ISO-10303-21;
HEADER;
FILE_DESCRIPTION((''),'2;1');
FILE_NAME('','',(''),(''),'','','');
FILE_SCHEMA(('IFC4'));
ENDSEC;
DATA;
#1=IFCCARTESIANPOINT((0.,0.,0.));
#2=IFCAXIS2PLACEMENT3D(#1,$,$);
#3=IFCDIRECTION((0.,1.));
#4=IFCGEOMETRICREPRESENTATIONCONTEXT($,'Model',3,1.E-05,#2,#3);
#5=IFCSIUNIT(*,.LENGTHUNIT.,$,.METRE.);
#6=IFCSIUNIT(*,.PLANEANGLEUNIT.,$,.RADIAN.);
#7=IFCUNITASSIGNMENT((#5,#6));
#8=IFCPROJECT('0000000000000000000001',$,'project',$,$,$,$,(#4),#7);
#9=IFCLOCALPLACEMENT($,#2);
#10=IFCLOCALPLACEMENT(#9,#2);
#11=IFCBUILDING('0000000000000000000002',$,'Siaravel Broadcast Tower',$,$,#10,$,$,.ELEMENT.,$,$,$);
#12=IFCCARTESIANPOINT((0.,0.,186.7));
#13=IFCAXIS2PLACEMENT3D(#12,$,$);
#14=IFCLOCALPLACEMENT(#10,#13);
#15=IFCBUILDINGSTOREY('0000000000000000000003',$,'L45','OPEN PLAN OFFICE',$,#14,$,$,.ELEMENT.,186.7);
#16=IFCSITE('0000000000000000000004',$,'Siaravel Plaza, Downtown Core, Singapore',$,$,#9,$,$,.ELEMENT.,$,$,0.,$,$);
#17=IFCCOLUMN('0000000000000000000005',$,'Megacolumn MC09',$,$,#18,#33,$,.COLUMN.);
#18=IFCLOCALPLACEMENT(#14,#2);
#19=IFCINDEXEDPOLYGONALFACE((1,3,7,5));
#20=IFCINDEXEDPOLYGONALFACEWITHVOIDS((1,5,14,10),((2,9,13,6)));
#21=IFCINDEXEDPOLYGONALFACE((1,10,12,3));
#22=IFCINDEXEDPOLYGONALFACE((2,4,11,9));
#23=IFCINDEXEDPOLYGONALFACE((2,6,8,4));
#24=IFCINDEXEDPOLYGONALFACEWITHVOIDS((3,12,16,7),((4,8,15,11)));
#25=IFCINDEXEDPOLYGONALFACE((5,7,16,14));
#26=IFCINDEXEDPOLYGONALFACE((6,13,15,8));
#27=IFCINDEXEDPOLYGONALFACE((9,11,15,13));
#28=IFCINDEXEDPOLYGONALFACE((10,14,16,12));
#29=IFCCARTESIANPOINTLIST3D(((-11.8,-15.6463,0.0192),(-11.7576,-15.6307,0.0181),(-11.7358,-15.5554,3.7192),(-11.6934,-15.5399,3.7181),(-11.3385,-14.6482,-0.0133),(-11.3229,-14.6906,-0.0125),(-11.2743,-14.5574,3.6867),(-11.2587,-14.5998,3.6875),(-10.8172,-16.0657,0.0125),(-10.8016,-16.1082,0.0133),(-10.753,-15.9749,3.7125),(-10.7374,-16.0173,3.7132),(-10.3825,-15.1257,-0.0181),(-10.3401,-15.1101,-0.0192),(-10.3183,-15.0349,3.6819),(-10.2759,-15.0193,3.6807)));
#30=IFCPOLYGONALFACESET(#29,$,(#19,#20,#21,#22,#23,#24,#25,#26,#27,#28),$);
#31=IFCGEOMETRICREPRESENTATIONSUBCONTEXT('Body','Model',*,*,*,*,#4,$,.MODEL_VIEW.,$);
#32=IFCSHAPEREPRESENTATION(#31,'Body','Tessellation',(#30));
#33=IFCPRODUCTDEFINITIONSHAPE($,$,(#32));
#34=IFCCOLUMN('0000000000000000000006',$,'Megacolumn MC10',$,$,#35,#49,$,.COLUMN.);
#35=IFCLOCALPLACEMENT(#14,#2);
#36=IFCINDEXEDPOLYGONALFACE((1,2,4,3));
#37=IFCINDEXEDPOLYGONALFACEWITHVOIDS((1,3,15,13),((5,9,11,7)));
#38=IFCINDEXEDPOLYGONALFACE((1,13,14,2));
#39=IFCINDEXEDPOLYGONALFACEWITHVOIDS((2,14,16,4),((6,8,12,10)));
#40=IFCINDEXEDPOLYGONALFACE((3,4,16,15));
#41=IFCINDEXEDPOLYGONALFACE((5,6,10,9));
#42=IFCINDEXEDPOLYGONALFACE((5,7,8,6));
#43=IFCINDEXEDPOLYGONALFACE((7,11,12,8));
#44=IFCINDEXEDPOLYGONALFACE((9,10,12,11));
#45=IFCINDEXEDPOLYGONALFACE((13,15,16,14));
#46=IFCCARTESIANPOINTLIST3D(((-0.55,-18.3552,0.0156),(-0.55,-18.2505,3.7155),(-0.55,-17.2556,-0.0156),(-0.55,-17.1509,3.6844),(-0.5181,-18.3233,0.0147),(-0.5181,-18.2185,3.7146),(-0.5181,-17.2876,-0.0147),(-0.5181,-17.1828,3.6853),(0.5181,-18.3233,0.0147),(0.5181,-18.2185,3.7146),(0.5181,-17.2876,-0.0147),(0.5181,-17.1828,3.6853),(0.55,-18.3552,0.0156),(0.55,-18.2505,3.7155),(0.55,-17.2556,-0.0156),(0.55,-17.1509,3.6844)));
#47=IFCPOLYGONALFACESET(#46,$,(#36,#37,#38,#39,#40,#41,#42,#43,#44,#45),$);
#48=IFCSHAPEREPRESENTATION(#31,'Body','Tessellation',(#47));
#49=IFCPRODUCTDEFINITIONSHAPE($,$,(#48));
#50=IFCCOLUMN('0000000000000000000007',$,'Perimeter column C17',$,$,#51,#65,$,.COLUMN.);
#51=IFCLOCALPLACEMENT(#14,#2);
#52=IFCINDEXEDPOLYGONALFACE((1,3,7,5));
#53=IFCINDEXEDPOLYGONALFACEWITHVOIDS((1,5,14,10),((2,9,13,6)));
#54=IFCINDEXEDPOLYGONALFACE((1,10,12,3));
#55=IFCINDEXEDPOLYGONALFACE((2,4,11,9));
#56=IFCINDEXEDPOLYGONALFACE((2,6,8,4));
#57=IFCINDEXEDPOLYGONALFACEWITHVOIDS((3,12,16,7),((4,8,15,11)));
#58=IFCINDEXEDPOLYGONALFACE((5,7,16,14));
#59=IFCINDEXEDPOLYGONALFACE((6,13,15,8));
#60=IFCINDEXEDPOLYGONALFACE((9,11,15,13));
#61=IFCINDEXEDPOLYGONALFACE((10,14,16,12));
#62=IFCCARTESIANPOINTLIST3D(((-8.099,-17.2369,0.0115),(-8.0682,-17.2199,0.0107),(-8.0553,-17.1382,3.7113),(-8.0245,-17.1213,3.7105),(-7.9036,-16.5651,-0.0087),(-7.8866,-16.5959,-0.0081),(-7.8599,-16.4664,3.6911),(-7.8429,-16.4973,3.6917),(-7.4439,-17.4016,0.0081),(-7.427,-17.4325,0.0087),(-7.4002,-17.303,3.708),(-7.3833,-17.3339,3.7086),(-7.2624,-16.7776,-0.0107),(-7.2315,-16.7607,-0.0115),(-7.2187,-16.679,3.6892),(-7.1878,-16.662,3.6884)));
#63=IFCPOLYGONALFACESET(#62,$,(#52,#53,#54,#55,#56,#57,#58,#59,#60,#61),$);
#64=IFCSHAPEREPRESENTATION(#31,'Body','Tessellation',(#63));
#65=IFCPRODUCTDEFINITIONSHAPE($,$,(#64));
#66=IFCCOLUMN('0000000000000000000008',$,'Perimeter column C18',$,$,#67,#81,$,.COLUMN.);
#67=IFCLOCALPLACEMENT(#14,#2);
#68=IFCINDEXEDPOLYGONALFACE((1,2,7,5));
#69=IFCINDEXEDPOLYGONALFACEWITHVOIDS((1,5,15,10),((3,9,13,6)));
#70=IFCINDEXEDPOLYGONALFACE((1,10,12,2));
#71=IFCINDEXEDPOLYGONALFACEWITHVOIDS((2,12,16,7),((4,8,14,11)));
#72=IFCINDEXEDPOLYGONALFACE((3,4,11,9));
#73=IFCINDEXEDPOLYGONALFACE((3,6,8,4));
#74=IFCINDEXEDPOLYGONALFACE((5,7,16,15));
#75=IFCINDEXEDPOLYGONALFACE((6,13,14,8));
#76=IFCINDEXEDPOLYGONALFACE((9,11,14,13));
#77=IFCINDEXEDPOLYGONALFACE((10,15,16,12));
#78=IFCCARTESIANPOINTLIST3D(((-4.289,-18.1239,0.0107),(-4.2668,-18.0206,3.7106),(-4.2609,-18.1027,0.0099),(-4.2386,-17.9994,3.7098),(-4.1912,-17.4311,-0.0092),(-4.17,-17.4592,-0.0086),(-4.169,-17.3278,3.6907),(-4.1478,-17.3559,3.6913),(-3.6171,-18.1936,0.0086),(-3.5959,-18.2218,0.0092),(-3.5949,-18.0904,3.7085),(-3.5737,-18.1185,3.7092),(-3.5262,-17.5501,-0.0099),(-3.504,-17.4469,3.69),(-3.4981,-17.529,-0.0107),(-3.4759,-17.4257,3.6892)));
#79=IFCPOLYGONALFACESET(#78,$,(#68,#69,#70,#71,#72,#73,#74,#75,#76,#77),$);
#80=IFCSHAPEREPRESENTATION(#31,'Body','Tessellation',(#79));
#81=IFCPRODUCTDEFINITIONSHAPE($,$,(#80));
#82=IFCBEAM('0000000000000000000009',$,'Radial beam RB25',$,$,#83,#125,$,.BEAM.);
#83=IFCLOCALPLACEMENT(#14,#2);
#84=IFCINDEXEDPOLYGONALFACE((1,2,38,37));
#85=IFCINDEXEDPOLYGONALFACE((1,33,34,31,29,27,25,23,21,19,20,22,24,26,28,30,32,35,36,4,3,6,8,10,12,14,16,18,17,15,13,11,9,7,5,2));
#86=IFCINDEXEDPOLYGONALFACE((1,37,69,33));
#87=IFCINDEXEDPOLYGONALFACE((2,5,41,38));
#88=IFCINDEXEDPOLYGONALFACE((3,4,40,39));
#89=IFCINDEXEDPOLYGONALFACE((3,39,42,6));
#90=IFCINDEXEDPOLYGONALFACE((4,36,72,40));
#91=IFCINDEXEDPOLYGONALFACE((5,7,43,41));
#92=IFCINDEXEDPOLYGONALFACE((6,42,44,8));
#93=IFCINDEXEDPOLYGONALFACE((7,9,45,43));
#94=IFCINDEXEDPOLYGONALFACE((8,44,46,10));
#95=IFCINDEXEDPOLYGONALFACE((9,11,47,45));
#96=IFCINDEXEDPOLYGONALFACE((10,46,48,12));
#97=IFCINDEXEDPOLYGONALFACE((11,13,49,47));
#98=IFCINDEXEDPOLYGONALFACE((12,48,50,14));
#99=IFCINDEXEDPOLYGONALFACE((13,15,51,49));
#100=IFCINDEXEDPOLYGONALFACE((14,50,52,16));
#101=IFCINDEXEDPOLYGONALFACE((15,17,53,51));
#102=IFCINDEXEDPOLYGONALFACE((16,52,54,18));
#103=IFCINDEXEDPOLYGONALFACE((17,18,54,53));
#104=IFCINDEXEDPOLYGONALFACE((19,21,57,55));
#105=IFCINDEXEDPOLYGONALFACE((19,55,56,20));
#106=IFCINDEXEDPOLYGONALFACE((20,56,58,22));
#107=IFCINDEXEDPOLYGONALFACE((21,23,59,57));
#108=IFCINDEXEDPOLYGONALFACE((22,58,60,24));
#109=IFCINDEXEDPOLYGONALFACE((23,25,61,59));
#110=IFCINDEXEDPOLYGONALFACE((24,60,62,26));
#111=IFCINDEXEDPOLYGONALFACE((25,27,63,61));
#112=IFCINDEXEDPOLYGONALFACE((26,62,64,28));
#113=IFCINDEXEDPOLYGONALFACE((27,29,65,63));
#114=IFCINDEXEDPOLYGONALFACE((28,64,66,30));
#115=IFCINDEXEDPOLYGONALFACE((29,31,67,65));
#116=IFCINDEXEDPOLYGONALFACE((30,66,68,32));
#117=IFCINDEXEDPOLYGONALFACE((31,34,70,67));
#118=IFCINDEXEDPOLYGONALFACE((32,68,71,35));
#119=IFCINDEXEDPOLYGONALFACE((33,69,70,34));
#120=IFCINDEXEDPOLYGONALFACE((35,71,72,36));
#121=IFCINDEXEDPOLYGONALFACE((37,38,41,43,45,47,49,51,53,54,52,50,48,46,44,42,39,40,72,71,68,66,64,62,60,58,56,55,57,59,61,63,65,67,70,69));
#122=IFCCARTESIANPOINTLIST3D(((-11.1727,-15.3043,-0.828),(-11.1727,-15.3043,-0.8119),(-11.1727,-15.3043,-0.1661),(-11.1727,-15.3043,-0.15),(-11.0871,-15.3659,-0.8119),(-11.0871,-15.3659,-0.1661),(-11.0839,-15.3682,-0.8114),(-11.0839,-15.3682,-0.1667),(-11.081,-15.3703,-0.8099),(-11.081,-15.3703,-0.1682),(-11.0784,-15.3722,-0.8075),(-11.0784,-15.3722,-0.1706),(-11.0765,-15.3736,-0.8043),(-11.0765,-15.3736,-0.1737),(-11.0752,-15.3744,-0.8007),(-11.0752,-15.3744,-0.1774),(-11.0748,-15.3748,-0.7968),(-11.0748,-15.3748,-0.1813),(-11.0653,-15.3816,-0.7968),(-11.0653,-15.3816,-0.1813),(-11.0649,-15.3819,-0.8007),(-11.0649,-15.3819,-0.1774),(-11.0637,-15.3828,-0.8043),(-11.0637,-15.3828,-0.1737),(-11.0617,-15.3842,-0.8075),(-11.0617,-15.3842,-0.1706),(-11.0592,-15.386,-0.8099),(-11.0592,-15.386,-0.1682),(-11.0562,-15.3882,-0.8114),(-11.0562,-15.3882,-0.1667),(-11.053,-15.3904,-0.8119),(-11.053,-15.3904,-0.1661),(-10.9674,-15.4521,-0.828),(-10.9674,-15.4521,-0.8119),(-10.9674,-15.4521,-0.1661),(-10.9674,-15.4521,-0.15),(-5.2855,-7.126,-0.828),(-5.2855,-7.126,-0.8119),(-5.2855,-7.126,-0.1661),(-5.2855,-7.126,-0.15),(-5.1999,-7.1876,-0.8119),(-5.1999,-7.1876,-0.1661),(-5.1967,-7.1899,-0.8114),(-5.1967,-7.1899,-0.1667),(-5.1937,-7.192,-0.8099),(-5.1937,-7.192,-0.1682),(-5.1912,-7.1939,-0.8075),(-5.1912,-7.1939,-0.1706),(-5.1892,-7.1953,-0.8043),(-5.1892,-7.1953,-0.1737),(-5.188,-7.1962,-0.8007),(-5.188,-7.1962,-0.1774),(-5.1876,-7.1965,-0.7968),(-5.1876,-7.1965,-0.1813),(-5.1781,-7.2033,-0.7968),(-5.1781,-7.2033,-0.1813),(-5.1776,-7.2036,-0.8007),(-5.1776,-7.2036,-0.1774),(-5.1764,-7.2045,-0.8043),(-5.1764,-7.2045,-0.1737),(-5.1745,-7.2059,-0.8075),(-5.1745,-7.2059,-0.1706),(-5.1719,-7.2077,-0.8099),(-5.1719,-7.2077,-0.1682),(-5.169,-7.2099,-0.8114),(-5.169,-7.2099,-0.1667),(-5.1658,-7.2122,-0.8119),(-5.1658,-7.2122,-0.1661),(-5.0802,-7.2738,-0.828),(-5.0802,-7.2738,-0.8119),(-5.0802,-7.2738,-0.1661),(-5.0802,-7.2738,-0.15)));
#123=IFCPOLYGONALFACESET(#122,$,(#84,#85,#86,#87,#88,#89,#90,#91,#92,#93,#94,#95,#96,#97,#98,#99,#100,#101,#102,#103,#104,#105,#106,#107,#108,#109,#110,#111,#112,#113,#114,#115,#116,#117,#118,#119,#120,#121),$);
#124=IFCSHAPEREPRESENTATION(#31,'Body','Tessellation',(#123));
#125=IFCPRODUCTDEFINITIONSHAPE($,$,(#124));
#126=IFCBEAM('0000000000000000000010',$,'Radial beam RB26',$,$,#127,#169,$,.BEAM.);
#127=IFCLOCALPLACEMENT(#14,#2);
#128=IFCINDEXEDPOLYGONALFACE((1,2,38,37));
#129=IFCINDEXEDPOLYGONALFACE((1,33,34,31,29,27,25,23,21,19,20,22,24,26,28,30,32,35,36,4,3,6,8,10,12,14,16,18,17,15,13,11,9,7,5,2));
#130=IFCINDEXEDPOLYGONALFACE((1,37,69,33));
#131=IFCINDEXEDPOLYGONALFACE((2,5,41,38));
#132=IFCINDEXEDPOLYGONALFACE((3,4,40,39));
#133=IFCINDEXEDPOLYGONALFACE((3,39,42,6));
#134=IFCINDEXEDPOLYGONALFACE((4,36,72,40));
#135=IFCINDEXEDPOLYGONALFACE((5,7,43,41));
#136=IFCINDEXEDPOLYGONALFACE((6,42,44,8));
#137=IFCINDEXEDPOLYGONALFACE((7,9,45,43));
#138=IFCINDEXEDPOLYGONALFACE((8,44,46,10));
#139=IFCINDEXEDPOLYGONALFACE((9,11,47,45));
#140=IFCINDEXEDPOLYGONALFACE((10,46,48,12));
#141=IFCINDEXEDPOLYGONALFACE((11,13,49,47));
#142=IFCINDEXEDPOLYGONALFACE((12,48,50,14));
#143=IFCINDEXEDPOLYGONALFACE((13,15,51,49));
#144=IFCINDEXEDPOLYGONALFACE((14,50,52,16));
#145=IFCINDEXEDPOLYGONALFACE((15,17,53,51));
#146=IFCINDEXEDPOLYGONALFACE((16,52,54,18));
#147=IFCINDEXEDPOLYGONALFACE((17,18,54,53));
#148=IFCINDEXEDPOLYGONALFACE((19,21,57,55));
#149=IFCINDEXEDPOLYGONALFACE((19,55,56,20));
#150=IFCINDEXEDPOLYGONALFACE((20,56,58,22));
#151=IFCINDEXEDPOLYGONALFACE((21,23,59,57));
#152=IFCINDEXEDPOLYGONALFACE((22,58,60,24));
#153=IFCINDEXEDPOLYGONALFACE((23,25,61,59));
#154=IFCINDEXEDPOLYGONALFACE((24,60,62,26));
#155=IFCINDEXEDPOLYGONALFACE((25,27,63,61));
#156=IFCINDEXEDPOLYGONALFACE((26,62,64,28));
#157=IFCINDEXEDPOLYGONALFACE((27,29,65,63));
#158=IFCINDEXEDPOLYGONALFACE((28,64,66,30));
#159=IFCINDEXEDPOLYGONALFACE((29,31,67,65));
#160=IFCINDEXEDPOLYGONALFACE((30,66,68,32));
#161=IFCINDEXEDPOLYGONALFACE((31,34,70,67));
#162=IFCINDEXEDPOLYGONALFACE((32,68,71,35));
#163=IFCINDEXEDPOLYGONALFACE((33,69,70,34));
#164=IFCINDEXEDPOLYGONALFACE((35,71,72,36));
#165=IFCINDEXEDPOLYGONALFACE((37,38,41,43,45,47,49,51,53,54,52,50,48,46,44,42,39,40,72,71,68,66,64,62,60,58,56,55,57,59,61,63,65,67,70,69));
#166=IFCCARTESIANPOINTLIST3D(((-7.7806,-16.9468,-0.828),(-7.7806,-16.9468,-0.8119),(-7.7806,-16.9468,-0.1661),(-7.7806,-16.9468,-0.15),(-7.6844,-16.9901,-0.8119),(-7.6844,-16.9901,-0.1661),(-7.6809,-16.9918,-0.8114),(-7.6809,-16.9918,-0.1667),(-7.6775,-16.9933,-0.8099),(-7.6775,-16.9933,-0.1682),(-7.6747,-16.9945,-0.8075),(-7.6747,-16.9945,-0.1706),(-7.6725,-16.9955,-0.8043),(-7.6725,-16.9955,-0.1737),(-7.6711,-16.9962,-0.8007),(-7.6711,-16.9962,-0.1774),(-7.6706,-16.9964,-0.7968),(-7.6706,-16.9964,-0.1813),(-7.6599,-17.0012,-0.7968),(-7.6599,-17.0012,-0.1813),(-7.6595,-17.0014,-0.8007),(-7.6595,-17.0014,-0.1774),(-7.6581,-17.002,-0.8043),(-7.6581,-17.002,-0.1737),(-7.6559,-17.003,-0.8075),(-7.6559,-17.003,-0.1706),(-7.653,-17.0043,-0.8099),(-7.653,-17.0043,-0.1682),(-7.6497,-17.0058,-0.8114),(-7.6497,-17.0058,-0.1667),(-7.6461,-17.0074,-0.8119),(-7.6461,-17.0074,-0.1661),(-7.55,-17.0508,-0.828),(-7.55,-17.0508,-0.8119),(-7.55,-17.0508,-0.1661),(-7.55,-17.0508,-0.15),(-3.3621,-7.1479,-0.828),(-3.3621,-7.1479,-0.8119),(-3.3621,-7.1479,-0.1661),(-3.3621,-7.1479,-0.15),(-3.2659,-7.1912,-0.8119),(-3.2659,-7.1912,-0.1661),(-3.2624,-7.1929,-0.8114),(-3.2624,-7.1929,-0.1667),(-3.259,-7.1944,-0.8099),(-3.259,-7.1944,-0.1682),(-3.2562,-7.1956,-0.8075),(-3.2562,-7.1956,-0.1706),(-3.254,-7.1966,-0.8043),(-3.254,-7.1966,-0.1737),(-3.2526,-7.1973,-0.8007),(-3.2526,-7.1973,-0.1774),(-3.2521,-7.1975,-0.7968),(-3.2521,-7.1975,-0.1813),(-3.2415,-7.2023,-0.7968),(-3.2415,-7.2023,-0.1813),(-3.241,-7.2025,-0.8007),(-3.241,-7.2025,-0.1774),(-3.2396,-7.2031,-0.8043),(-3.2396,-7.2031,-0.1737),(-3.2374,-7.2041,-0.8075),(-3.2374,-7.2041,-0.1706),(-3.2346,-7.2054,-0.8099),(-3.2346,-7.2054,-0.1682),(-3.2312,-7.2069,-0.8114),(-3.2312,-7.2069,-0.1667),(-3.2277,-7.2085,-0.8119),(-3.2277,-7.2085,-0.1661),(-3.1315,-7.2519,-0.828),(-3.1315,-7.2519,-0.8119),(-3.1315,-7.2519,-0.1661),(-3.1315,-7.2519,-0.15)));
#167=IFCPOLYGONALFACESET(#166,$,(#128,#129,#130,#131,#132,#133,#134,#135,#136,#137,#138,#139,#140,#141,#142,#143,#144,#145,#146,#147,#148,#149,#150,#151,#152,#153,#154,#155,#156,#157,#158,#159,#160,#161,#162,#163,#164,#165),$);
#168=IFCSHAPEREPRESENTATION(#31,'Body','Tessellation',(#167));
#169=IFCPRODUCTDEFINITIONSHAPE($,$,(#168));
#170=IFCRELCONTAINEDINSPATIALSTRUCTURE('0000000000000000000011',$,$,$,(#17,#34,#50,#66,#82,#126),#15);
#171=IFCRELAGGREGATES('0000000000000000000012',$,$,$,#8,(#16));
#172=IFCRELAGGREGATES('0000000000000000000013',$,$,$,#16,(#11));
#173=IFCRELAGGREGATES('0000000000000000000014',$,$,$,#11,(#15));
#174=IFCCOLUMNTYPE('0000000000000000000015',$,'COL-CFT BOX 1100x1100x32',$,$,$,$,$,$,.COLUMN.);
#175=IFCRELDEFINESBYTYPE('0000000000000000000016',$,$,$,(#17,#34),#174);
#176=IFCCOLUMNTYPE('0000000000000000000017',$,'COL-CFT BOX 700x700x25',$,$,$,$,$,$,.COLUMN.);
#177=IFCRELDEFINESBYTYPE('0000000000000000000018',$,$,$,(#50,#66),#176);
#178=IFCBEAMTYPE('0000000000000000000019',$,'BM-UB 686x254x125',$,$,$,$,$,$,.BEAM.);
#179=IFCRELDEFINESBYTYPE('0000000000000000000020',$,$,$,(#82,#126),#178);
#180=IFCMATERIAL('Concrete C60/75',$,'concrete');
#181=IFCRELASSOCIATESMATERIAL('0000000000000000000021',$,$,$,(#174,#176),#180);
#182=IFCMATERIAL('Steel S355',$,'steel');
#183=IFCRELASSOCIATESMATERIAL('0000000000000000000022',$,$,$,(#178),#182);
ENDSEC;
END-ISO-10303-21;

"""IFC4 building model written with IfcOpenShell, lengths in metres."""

from ifc_helpers import new_model, si_unit, direction, frame, origin, origin_2d, place, context, subcontext, project, spatial, hollow_rectangle, i_section, extrude, material, material_profile, profile_set, type_object, element, save


model = new_model("IFC4")

# Units and contexts
model_context = context("Model", 3, precision=1e-05, world=origin(), true_north=direction((0.0, 1.0)))
body_context = subcontext(model_context, "Body", "Model", "MODEL_VIEW")
ifc_project = project(units=[si_unit("LENGTHUNIT", "METRE"), si_unit("PLANEANGLEUNIT", "RADIAN")], contexts=[model_context])

# Site, building, storey
site_placement = place(None, origin())
site = spatial("IfcSite", under=ifc_project, at=site_placement, Name="Siaravel Plaza, Downtown Core, Singapore", CompositionType="ELEMENT", RefElevation=0.0)
building_placement = place(site_placement, origin())
building = spatial("IfcBuilding", under=site, at=building_placement, Name="Siaravel Broadcast Tower", CompositionType="ELEMENT")
storey_placement = place(building_placement, frame((0.0, 0.0, 186.7)))
storey = spatial("IfcBuildingStorey", under=building, at=storey_placement, Name="L45", Description="OPEN PLAN OFFICE", CompositionType="ELEMENT", Elevation=186.7)

# Columns
ifc_material_1 = material(Name="Concrete C60/75", Category="concrete")
ifc_material_profile_1 = material_profile(ifc_material_1, hollow_rectangle(XDim=1.1001, YDim=1.1001, WallThickness=0.032, at=origin_2d()))
ifc_profile_set_1 = profile_set([ifc_material_profile_1], Name="Concrete C60/75")
column_type_1 = type_object("IfcColumnType", Name="COL-CFT BOX 1100x1100x32", PredefinedType="COLUMN", material=ifc_profile_set_1)
column_1_placement = place(storey_placement, frame((-11.0701, -15.3782, 0.0), z_axis=(0.017346, 0.024535, 0.999548), x_axis=(-0.90757, 0.419866, 0.005444)))
element("IfcColumn", 1, at=column_1_placement, inside=storey, type_object=column_type_1, Name="Megacolumn MC09", PredefinedType="COLUMN", context=body_context, shape_type="SweptSolid", body=[
    extrude(hollow_rectangle(XDim=1.1001, YDim=1.1001, WallThickness=0.032, at=origin_2d()), origin(), (0.0, 0.0, 1.0), 3.7017),
])
column_2_placement = place(storey_placement, frame((0.0, -17.8054, 0.0), z_axis=(0.0, 0.028296, 0.9996), x_axis=(-1.0, 0.0, 0.0)))
element("IfcColumn", 2, at=column_2_placement, inside=storey, type_object=column_type_1, Name="Megacolumn MC10", PredefinedType="COLUMN", context=body_context, shape_type="SweptSolid", body=[
    extrude(hollow_rectangle(XDim=1.1001, YDim=1.1001, WallThickness=0.032, at=origin_2d()), origin(), (0.0, 0.0, 1.0), 3.7014),
])
ifc_material_profile_2 = material_profile(ifc_material_1, hollow_rectangle(XDim=0.7, YDim=0.7, WallThickness=0.0249, at=origin_2d()))
ifc_profile_set_2 = profile_set([ifc_material_profile_2], Name="Concrete C60/75")
column_type_2 = type_object("IfcColumnType", Name="COL-CFT BOX 700x700x25", PredefinedType="COLUMN", material=ifc_profile_set_2)
for number, where, z_axis, x_axis, name in (
    (3, (-7.6653, -16.9988, 0.0), (0.011806, 0.026647, 0.999575), (-0.960151, 0.279456, 0.003891), "Perimeter column C17"),
    (4, (-3.8936, -17.8264, 0.0), (0.006002, 0.0279, 0.999593), (-0.990167, 0.139876, 0.002041), "Perimeter column C18"),
):
    element("IfcColumn", number, at=place(storey_placement, frame(where, z_axis=z_axis, x_axis=x_axis)), inside=storey, type_object=column_type_2, Name=name, PredefinedType="COLUMN", context=body_context, shape_type="SweptSolid", body=[
        extrude(hollow_rectangle(XDim=0.7, YDim=0.7, WallThickness=0.0249, at=origin_2d()), origin(), (0.0, 0.0, 1.0), 3.7014),
    ])

# Beams
ifc_material_2 = material(Name="Steel S355", Category="steel")
ifc_material_profile_3 = material_profile(ifc_material_2, i_section(OverallWidth=0.2529, OverallDepth=0.678, WebThickness=0.0117, FlangeThickness=0.0161, FilletRadius=0.0151, at=origin_2d()))
ifc_profile_set_3 = profile_set([ifc_material_profile_3], Name="Steel S355")
beam_type = type_object("IfcBeamType", Name="BM-UB 686x254x125", PredefinedType="BEAM", material=ifc_profile_set_3)
beam_1_placement = place(storey_placement, frame((-11.0701, -15.3782, -0.489), z_axis=(0.584232, 0.811587, 0.0), x_axis=(-0.811587, 0.584232, 0.0)))
element("IfcBeam", 5, at=beam_1_placement, inside=storey, type_object=beam_type, Name="Radial beam RB25", PredefinedType="BEAM", context=body_context, shape_type="SweptSolid", body=[
    extrude(i_section(OverallWidth=0.2529, OverallDepth=0.678, WebThickness=0.0117, FlangeThickness=0.0161, FilletRadius=0.0151, at=origin_2d()), origin(), (0.0, 0.0, 1.0), 10.0769),
])
beam_2_placement = place(storey_placement, frame((-7.6653, -16.9988, -0.489), z_axis=(0.41106, 0.911608, 0.0), x_axis=(-0.911608, 0.41106, 0.0)))
element("IfcBeam", 6, at=beam_2_placement, inside=storey, type_object=beam_type, Name="Radial beam RB26", PredefinedType="BEAM", context=body_context, shape_type="SweptSolid", body=[
    extrude(i_section(OverallWidth=0.2529, OverallDepth=0.678, WebThickness=0.0117, FlangeThickness=0.0161, FilletRadius=0.0151, at=origin_2d()), origin(), (0.0, 0.0, 1.0), 10.749),
])

save(model, "model.ifc")
